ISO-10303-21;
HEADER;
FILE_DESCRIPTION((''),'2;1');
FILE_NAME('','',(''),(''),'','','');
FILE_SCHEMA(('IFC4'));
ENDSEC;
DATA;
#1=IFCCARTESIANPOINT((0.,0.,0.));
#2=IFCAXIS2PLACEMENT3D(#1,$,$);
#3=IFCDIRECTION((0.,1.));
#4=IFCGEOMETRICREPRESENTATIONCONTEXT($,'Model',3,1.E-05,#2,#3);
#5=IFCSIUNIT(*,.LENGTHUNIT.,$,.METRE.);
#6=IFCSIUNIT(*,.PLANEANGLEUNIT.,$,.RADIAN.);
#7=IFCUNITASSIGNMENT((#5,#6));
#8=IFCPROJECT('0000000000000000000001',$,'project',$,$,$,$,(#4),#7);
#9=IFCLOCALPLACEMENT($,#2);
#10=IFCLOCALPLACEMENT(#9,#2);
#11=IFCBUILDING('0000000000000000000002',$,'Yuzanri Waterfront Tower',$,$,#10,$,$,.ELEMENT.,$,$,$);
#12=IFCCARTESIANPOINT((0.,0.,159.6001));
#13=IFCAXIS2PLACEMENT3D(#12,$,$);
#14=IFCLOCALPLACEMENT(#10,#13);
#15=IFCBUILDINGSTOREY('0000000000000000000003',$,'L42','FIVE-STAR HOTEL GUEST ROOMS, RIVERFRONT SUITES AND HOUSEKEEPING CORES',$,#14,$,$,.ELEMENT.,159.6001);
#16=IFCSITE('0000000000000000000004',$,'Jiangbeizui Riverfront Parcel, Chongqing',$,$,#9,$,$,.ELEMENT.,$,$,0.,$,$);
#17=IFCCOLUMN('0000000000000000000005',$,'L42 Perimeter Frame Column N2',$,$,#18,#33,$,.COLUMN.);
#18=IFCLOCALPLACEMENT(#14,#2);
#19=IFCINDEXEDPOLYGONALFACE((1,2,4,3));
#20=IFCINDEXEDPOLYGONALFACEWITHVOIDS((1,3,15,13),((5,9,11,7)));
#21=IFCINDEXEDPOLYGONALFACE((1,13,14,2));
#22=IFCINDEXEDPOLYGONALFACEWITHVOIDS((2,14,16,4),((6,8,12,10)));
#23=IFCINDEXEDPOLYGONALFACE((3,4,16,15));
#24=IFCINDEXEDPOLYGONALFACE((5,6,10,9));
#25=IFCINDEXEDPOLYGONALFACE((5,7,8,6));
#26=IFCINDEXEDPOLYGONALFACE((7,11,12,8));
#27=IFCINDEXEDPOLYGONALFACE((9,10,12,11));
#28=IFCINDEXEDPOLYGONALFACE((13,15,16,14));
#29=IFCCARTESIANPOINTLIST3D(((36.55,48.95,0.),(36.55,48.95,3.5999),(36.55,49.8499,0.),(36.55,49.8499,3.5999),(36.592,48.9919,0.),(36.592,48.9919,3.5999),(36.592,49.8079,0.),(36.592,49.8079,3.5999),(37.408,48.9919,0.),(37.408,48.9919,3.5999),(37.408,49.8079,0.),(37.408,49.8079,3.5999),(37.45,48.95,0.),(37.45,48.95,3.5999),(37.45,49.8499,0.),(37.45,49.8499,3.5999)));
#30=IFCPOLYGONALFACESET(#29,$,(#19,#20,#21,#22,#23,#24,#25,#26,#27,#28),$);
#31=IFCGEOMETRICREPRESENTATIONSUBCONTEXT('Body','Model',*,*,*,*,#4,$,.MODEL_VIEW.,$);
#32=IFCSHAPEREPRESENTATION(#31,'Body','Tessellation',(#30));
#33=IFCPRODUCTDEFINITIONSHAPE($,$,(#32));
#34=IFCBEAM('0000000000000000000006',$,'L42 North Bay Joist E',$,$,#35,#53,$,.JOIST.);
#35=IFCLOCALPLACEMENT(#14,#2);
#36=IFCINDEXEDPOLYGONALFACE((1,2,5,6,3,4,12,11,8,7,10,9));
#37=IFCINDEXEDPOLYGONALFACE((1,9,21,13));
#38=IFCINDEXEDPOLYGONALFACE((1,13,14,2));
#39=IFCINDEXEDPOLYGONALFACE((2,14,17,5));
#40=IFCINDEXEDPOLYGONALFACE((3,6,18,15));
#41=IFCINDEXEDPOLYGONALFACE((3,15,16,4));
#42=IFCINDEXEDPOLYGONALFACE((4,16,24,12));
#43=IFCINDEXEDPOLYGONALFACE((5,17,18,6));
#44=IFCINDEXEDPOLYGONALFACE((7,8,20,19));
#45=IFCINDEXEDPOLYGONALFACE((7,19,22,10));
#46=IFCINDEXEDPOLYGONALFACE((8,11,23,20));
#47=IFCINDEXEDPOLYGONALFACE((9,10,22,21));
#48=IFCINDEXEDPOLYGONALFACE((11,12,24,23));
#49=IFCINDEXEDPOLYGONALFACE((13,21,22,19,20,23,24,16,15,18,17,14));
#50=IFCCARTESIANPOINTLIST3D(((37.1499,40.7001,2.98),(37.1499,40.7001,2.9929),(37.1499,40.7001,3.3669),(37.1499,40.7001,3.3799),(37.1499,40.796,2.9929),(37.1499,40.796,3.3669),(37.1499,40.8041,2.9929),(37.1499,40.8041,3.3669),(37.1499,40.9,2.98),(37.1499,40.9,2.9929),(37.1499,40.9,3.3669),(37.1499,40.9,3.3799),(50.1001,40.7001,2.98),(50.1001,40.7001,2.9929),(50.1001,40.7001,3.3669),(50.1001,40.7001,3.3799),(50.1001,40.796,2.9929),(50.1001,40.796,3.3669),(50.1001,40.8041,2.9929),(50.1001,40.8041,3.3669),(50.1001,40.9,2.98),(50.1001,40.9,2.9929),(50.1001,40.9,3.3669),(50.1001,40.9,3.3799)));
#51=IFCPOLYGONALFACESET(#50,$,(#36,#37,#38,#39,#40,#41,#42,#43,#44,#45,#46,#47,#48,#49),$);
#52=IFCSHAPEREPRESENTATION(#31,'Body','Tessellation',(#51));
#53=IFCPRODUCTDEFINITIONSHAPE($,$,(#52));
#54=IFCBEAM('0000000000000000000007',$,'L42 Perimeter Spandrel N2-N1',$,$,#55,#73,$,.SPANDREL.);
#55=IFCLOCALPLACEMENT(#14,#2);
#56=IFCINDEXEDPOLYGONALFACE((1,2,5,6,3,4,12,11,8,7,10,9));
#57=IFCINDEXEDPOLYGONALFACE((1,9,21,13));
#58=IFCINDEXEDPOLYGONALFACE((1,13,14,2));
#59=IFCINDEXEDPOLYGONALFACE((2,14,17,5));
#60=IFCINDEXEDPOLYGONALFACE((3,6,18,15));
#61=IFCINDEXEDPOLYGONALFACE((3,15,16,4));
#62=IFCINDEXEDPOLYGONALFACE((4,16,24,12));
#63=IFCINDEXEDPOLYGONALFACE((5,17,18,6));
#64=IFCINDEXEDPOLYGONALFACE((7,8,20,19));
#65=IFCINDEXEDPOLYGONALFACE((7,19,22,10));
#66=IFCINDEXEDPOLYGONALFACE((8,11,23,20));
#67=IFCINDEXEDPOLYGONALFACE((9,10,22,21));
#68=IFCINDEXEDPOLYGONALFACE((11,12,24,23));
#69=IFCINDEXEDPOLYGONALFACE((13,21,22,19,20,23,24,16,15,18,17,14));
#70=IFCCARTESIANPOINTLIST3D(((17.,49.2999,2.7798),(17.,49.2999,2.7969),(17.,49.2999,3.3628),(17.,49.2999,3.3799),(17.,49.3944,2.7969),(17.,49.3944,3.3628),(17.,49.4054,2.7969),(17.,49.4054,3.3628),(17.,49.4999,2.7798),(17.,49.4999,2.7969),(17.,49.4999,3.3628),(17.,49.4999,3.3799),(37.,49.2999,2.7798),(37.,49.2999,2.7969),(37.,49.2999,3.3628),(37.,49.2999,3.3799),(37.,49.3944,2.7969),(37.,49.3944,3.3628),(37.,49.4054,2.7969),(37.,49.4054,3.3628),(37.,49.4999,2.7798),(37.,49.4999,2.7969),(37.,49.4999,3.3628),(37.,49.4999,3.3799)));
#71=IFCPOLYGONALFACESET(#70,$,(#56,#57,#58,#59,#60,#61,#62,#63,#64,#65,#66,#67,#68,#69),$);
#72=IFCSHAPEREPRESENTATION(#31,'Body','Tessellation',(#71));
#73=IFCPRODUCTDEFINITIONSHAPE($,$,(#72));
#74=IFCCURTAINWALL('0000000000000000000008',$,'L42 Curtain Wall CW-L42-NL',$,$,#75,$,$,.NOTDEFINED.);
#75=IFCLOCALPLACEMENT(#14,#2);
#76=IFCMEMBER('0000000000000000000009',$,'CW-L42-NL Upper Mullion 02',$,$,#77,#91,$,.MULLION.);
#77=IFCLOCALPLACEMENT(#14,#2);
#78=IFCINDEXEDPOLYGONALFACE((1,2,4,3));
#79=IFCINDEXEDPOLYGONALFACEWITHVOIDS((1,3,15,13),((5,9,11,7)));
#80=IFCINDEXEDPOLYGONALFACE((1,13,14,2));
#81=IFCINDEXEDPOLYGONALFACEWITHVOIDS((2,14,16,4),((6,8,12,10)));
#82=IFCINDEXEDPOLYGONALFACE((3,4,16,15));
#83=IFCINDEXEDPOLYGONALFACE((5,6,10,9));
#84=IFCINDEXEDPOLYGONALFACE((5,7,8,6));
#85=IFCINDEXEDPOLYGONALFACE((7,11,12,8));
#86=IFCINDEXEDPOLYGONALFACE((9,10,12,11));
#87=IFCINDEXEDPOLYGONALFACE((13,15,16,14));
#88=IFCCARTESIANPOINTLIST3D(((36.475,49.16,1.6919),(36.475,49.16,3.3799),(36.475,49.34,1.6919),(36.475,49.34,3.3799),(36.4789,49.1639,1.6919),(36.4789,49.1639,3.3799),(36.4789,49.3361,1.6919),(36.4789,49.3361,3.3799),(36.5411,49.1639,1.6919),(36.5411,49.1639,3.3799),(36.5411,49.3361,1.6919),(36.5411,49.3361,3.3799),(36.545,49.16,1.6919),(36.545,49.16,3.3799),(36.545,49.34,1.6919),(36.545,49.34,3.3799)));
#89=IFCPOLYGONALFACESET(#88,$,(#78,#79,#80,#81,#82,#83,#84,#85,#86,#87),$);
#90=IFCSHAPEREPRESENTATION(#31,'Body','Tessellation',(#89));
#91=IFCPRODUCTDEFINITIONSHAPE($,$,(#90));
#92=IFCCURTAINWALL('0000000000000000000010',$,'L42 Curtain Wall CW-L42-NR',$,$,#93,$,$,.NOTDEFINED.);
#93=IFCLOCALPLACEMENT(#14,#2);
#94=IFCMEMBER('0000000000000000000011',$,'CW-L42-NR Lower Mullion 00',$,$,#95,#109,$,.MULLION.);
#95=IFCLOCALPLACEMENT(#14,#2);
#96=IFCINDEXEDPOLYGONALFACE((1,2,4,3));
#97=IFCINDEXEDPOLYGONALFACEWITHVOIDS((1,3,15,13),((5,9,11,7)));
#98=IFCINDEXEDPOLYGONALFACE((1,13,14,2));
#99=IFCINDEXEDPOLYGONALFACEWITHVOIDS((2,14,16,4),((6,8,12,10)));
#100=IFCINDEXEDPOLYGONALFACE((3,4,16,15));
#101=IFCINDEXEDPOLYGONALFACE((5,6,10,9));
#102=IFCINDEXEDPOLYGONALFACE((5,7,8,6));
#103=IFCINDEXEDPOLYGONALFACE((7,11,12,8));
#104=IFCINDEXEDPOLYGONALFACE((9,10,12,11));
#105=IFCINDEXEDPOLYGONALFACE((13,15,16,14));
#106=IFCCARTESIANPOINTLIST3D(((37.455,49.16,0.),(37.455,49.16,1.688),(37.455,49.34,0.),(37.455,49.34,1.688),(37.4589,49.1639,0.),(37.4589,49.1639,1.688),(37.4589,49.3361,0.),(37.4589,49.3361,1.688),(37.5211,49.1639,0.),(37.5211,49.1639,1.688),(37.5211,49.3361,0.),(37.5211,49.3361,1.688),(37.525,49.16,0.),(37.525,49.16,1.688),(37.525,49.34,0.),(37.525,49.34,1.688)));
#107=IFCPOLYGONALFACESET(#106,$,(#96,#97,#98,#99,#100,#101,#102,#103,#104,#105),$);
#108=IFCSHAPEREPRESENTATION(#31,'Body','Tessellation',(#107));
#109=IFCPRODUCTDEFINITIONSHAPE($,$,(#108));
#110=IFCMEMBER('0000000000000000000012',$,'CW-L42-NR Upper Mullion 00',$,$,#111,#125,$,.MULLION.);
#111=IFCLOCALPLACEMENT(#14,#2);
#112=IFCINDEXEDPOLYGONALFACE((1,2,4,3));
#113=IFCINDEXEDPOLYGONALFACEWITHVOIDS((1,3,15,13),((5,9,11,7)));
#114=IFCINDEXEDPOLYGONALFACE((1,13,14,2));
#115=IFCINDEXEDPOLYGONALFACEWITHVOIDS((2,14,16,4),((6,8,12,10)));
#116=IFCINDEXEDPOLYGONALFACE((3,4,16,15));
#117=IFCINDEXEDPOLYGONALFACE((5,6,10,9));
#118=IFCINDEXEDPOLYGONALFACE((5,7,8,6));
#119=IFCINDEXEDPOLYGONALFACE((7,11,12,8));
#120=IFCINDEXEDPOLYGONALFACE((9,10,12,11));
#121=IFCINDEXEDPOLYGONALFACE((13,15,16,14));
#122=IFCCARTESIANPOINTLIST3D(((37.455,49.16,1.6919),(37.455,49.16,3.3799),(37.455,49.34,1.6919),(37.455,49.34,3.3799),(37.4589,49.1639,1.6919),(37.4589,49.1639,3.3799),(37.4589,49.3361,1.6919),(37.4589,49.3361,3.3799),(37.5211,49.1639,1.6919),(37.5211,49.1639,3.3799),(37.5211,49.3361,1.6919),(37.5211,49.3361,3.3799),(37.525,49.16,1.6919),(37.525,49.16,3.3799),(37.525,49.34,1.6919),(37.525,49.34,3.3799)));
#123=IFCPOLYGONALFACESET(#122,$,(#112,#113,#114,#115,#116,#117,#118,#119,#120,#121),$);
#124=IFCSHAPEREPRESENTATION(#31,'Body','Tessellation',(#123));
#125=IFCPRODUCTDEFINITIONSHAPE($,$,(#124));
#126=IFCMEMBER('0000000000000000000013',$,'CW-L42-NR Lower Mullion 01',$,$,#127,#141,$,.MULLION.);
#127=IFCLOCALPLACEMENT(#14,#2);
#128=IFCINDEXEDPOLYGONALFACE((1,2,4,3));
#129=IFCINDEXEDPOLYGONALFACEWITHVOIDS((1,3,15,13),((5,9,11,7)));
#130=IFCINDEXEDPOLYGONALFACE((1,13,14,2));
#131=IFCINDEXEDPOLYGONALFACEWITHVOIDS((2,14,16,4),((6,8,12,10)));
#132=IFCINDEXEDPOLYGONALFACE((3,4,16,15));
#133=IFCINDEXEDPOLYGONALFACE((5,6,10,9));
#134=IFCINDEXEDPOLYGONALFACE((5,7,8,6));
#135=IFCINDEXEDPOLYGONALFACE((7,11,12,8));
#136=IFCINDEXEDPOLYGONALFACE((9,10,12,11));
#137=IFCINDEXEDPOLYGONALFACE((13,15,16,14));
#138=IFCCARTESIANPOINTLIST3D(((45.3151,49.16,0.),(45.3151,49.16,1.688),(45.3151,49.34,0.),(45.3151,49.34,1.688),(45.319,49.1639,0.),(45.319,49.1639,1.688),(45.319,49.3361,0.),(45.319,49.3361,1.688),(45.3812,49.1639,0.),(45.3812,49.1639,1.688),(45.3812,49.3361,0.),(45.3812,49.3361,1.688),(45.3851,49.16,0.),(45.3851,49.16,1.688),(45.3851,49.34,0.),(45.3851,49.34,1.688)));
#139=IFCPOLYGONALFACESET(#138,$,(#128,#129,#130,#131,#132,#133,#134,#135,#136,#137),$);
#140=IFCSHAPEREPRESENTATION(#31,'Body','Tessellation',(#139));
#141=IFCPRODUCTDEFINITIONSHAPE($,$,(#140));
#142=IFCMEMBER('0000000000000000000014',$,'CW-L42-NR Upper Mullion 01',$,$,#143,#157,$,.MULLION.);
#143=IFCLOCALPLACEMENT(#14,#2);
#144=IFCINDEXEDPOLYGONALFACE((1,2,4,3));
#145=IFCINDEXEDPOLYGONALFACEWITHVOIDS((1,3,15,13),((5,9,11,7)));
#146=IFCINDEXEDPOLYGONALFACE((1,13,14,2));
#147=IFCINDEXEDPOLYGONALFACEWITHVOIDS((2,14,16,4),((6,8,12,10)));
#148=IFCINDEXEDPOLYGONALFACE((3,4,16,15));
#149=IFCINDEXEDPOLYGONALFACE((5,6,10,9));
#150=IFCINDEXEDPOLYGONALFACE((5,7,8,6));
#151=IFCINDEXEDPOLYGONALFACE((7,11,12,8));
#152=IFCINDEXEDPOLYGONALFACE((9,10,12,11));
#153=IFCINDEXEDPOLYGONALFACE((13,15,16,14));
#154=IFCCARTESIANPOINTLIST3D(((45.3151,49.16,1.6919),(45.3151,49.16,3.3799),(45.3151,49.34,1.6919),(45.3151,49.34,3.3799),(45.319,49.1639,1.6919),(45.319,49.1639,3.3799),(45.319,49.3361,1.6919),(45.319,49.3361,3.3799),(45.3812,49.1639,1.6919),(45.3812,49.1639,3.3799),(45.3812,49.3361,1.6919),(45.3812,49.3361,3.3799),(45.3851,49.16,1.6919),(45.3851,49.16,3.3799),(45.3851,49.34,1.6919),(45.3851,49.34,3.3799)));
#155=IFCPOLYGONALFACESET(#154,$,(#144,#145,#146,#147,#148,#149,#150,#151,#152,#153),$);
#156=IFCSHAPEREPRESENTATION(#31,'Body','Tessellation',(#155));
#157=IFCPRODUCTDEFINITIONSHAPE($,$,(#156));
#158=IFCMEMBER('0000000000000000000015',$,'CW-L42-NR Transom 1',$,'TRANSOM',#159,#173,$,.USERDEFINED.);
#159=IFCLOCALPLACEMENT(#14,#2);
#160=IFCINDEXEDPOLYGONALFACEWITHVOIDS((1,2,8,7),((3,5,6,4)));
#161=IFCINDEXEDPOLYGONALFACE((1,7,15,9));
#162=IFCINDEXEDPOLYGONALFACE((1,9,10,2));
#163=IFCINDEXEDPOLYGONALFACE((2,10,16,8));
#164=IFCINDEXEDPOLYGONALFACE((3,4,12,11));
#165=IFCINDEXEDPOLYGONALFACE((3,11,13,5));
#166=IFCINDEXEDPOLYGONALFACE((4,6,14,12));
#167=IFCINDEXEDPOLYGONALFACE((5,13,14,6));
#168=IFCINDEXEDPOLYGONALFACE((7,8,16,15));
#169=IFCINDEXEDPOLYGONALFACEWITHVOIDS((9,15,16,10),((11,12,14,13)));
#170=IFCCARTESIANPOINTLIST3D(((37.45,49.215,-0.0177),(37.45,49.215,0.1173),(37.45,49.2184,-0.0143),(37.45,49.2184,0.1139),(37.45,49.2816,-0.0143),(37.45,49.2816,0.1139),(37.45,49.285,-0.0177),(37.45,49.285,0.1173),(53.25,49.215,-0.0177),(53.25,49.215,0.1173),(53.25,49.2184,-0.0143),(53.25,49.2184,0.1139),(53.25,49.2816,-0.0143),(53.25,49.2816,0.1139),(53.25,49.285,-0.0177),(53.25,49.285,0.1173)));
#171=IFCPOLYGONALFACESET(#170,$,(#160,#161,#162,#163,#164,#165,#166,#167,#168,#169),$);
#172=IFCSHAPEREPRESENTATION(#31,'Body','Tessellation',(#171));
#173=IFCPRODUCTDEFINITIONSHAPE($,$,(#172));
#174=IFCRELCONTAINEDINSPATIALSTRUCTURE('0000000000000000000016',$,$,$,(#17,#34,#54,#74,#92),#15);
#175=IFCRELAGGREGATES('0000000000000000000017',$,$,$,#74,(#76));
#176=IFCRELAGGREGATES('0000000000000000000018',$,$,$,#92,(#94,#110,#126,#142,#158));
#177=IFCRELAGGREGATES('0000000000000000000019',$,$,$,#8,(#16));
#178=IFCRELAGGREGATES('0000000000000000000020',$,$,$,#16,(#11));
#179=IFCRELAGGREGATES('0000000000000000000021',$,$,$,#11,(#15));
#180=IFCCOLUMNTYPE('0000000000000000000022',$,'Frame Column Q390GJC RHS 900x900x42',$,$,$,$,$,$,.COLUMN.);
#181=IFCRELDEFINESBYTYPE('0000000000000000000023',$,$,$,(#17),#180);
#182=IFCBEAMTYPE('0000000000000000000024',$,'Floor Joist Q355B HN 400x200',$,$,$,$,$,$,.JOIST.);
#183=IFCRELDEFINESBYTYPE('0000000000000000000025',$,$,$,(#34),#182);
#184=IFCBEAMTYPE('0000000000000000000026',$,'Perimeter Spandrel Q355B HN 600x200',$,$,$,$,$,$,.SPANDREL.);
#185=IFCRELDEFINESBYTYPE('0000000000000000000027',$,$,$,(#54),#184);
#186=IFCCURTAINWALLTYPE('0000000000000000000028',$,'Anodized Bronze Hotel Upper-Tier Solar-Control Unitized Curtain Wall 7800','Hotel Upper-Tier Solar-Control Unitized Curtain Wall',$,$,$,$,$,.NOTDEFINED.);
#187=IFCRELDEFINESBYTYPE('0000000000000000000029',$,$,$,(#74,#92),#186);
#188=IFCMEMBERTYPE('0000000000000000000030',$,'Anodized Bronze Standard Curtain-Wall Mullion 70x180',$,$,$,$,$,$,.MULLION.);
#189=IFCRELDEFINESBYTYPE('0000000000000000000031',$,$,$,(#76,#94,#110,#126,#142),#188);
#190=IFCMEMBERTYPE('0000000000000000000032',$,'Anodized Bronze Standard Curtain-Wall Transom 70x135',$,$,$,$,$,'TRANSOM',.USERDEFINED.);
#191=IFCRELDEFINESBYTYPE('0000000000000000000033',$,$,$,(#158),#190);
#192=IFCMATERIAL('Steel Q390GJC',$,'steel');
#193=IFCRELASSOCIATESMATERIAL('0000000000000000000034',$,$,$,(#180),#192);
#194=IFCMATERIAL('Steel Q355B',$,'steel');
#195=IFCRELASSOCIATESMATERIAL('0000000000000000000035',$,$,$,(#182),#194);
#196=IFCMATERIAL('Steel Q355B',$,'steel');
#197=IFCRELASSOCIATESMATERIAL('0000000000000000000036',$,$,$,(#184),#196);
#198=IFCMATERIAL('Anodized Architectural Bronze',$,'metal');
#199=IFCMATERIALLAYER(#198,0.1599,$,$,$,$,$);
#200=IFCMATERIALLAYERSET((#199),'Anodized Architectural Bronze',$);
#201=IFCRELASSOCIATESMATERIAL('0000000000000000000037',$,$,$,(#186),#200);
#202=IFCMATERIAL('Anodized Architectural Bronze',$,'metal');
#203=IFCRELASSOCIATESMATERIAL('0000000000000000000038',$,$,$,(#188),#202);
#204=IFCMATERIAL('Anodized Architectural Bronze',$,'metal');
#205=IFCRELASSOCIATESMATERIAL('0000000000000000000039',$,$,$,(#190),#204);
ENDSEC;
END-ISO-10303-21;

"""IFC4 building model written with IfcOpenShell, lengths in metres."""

from ifc_helpers import new_model, si_unit, direction, frame, origin, origin_2d, place, context, subcontext, project, spatial, hollow_rectangle, i_section, extrude, source, transform, mapped, material, layer, layer_set, material_profile, profile_set, type_object, element, aggregate, save


model = new_model("IFC4")

# Units and contexts
model_context = context("Model", 3, precision=1e-05, world=origin(), true_north=direction((0.0, 1.0)))
body_context = subcontext(model_context, "Body", "Model", "MODEL_VIEW")
ifc_project = project(units=[si_unit("LENGTHUNIT", "METRE"), si_unit("PLANEANGLEUNIT", "RADIAN")], contexts=[model_context])

# Site, building, storey
site_placement = place(None, origin())
site = spatial("IfcSite", under=ifc_project, at=site_placement, Name="Jiangbeizui Riverfront Parcel, Chongqing", CompositionType="ELEMENT", RefElevation=0.0)
building_placement = place(site_placement, origin())
building = spatial("IfcBuilding", under=site, at=building_placement, Name="Yuzanri Waterfront Tower", CompositionType="ELEMENT")
storey_placement = place(building_placement, frame((0.0, 0.0, 159.6001)))
storey = spatial("IfcBuildingStorey", under=building, at=storey_placement, Name="L42", Description="FIVE-STAR HOTEL GUEST ROOMS, RIVERFRONT SUITES AND HOUSEKEEPING CORES", CompositionType="ELEMENT", Elevation=159.6001)

# Column
ifc_material_1 = material(Name="Steel Q390GJC", Category="steel")
ifc_material_profile_1 = material_profile(ifc_material_1, hollow_rectangle(XDim=0.8999, YDim=0.8999, WallThickness=0.042, at=origin_2d()), Name="RHS 900x900x42")
ifc_profile_set_1 = profile_set([ifc_material_profile_1], Name="Steel Q390GJC")
column_type = type_object("IfcColumnType", Name="Frame Column Q390GJC RHS 900x900x42", PredefinedType="COLUMN", material=ifc_profile_set_1)
shared_shape_1 = source(origin(), body_context, "Body", "SweptSolid", [
    extrude(hollow_rectangle(XDim=0.8999, YDim=0.8999, WallThickness=0.042, at=origin_2d()), origin(), (0.0, 0.0, 1.0), 3.5999),
])
column_placement = place(storey_placement, frame((37.0, 49.3999, 0.0), z_axis=(0.0, 0.0, 1.0), x_axis=(1.0, 0.0, 0.0)))
element("IfcColumn", 1, at=column_placement, inside=storey, type_object=column_type, Name="L42 Perimeter Frame Column N2", PredefinedType="COLUMN", context=body_context, shape_type="MappedRepresentation", body=[
    mapped(shared_shape_1, transform((0.0, 0.0, 0.0), scale=1.0)),
])

# Beams
ifc_material_2 = material(Name="Steel Q355B", Category="steel")
ifc_material_profile_2 = material_profile(ifc_material_2, i_section(OverallWidth=0.2, OverallDepth=0.3999, WebThickness=0.0081, FlangeThickness=0.0129, at=origin_2d()), Name="HN 400x200x8x13")
ifc_profile_set_2 = profile_set([ifc_material_profile_2], Name="Steel Q355B")
beam_type_1 = type_object("IfcBeamType", Name="Floor Joist Q355B HN 400x200", PredefinedType="JOIST", material=ifc_profile_set_2)
shared_shape_2 = source(origin(), body_context, "Body", "SweptSolid", [
    extrude(i_section(OverallWidth=0.2, OverallDepth=0.3999, WebThickness=0.0081, FlangeThickness=0.0129, at=origin_2d()), origin(), (0.0, 0.0, 1.0), 12.9502),
])
beam_1_placement = place(storey_placement, frame((37.1499, 40.8, 3.1799), z_axis=(1.0, 0.0, 0.0), x_axis=(0.0, 1.0, 0.0)))
element("IfcBeam", 2, at=beam_1_placement, inside=storey, type_object=beam_type_1, Name="L42 North Bay Joist E", PredefinedType="JOIST", context=body_context, shape_type="MappedRepresentation", body=[
    mapped(shared_shape_2, transform((0.0, 0.0, 0.0), scale=1.0)),
])
ifc_material_3 = material(Name="Steel Q355B", Category="steel")
ifc_material_profile_3 = material_profile(ifc_material_3, i_section(OverallWidth=0.2, OverallDepth=0.6001, WebThickness=0.011, FlangeThickness=0.0171, at=origin_2d()), Name="HN 600x200x11x17")
ifc_profile_set_3 = profile_set([ifc_material_profile_3], Name="Steel Q355B")
beam_type_2 = type_object("IfcBeamType", Name="Perimeter Spandrel Q355B HN 600x200", PredefinedType="SPANDREL", material=ifc_profile_set_3)
shared_shape_3 = source(origin(), body_context, "Body", "SweptSolid", [
    extrude(i_section(OverallWidth=0.2, OverallDepth=0.6001, WebThickness=0.011, FlangeThickness=0.0171, at=origin_2d()), origin(), (0.0, 0.0, 1.0), 20.0),
])
beam_2_placement = place(storey_placement, frame((37.0, 49.3999, 3.0798), z_axis=(-1.0, 0.0, 0.0), x_axis=(0.0, -1.0, 0.0)))
element("IfcBeam", 3, at=beam_2_placement, inside=storey, type_object=beam_type_2, Name="L42 Perimeter Spandrel N2-N1", PredefinedType="SPANDREL", context=body_context, shape_type="MappedRepresentation", body=[
    mapped(shared_shape_3, transform((0.0, 0.0, 0.0), scale=1.0)),
])

# Curtain wall, member
ifc_material_4 = material(Name="Anodized Architectural Bronze", Category="metal")
ifc_layer_1 = layer(ifc_material_4, 0.1599)
ifc_layer_set_1 = layer_set([ifc_layer_1], Name="Anodized Architectural Bronze")
curtain_wall_type = type_object("IfcCurtainWallType", Name="Anodized Bronze Hotel Upper-Tier Solar-Control Unitized Curtain Wall 7800", Description="Hotel Upper-Tier Solar-Control Unitized Curtain Wall", PredefinedType="NOTDEFINED", material=ifc_layer_set_1)
curtain_wall_1_placement = place(storey_placement, origin())
curtain_wall_1 = element("IfcCurtainWall", 4, at=curtain_wall_1_placement, inside=storey, type_object=curtain_wall_type, Name="L42 Curtain Wall CW-L42-NL", PredefinedType="NOTDEFINED")
ifc_material_5 = material(Name="Anodized Architectural Bronze", Category="metal")
ifc_material_profile_4 = material_profile(ifc_material_5, hollow_rectangle(XDim=0.0701, YDim=0.1799, WallThickness=0.0039, at=origin_2d()), Name="CWM 70x180")
ifc_profile_set_4 = profile_set([ifc_material_profile_4], Name="Anodized Architectural Bronze")
member_type_1 = type_object("IfcMemberType", Name="Anodized Bronze Standard Curtain-Wall Mullion 70x180", PredefinedType="MULLION", material=ifc_profile_set_4)
shared_shape_4 = source(origin(), body_context, "Body", "SweptSolid", [
    extrude(hollow_rectangle(XDim=0.0701, YDim=0.1799, WallThickness=0.0039, at=origin_2d()), origin(), (0.0, 0.0, 1.0), 1.688),
])
member_1_placement = place(storey_placement, frame((36.51, 49.25, 1.6919), z_axis=(0.0, 0.0, 1.0), x_axis=(1.0, 0.0, 0.0)))
member_1 = element("IfcMember", 5, at=member_1_placement, type_object=member_type_1, Name="CW-L42-NL Upper Mullion 02", PredefinedType="MULLION", context=body_context, shape_type="MappedRepresentation", body=[
    mapped(shared_shape_4, transform((0.0, 0.0, 0.0), scale=1.0)),
])
aggregate(curtain_wall_1, [member_1])

# Curtain wall, members
curtain_wall_2_placement = place(storey_placement, origin())
curtain_wall_2 = element("IfcCurtainWall", 6, at=curtain_wall_2_placement, inside=storey, type_object=curtain_wall_type, Name="L42 Curtain Wall CW-L42-NR", PredefinedType="NOTDEFINED")
member_2_placement = place(storey_placement, frame((37.49, 49.25, 0.0), z_axis=(0.0, 0.0, 1.0), x_axis=(1.0, 0.0, 0.0)))
member_2 = element("IfcMember", 7, at=member_2_placement, type_object=member_type_1, Name="CW-L42-NR Lower Mullion 00", PredefinedType="MULLION", context=body_context, shape_type="MappedRepresentation", body=[
    mapped(shared_shape_4, transform((0.0, 0.0, 0.0), scale=1.0)),
])
member_3_placement = place(storey_placement, frame((37.49, 49.25, 1.6919), z_axis=(0.0, 0.0, 1.0), x_axis=(1.0, 0.0, 0.0)))
member_3 = element("IfcMember", 8, at=member_3_placement, type_object=member_type_1, Name="CW-L42-NR Upper Mullion 00", PredefinedType="MULLION", context=body_context, shape_type="MappedRepresentation", body=[
    mapped(shared_shape_4, transform((0.0, 0.0, 0.0), scale=1.0)),
])
member_4_placement = place(storey_placement, frame((45.3501, 49.25, 0.0), z_axis=(0.0, 0.0, 1.0), x_axis=(1.0, 0.0, 0.0)))
member_4 = element("IfcMember", 9, at=member_4_placement, type_object=member_type_1, Name="CW-L42-NR Lower Mullion 01", PredefinedType="MULLION", context=body_context, shape_type="MappedRepresentation", body=[
    mapped(shared_shape_4, transform((0.0, 0.0, 0.0), scale=1.0)),
])
member_5_placement = place(storey_placement, frame((45.3501, 49.25, 1.6919), z_axis=(0.0, 0.0, 1.0), x_axis=(1.0, 0.0, 0.0)))
member_5 = element("IfcMember", 10, at=member_5_placement, type_object=member_type_1, Name="CW-L42-NR Upper Mullion 01", PredefinedType="MULLION", context=body_context, shape_type="MappedRepresentation", body=[
    mapped(shared_shape_4, transform((0.0, 0.0, 0.0), scale=1.0)),
])
ifc_material_6 = material(Name="Anodized Architectural Bronze", Category="metal")
ifc_material_profile_5 = material_profile(ifc_material_6, hollow_rectangle(XDim=0.0701, YDim=0.135, WallThickness=0.0034, at=origin_2d()), Name="CWT 70x135")
ifc_profile_set_5 = profile_set([ifc_material_profile_5], Name="Anodized Architectural Bronze")
member_type_2 = type_object("IfcMemberType", Name="Anodized Bronze Standard Curtain-Wall Transom 70x135", ElementType="TRANSOM", PredefinedType="USERDEFINED", material=ifc_profile_set_5)
shared_shape_5 = source(origin(), body_context, "Body", "SweptSolid", [
    extrude(hollow_rectangle(XDim=0.0701, YDim=0.135, WallThickness=0.0034, at=origin_2d()), origin(), (0.0, 0.0, 1.0), 15.8),
])
member_6_placement = place(storey_placement, frame((37.45, 49.25, 0.0498), z_axis=(1.0, 0.0, 0.0), x_axis=(0.0, 1.0, 0.0)))
member_6 = element("IfcMember", 11, at=member_6_placement, type_object=member_type_2, Name="CW-L42-NR Transom 1", ObjectType="TRANSOM", PredefinedType="USERDEFINED", context=body_context, shape_type="MappedRepresentation", body=[
    mapped(shared_shape_5, transform((0.0, 0.0, 0.0), scale=1.0)),
])
aggregate(curtain_wall_2, [member_2, member_3, member_4, member_5, member_6])

save(model, "model.ifc")
